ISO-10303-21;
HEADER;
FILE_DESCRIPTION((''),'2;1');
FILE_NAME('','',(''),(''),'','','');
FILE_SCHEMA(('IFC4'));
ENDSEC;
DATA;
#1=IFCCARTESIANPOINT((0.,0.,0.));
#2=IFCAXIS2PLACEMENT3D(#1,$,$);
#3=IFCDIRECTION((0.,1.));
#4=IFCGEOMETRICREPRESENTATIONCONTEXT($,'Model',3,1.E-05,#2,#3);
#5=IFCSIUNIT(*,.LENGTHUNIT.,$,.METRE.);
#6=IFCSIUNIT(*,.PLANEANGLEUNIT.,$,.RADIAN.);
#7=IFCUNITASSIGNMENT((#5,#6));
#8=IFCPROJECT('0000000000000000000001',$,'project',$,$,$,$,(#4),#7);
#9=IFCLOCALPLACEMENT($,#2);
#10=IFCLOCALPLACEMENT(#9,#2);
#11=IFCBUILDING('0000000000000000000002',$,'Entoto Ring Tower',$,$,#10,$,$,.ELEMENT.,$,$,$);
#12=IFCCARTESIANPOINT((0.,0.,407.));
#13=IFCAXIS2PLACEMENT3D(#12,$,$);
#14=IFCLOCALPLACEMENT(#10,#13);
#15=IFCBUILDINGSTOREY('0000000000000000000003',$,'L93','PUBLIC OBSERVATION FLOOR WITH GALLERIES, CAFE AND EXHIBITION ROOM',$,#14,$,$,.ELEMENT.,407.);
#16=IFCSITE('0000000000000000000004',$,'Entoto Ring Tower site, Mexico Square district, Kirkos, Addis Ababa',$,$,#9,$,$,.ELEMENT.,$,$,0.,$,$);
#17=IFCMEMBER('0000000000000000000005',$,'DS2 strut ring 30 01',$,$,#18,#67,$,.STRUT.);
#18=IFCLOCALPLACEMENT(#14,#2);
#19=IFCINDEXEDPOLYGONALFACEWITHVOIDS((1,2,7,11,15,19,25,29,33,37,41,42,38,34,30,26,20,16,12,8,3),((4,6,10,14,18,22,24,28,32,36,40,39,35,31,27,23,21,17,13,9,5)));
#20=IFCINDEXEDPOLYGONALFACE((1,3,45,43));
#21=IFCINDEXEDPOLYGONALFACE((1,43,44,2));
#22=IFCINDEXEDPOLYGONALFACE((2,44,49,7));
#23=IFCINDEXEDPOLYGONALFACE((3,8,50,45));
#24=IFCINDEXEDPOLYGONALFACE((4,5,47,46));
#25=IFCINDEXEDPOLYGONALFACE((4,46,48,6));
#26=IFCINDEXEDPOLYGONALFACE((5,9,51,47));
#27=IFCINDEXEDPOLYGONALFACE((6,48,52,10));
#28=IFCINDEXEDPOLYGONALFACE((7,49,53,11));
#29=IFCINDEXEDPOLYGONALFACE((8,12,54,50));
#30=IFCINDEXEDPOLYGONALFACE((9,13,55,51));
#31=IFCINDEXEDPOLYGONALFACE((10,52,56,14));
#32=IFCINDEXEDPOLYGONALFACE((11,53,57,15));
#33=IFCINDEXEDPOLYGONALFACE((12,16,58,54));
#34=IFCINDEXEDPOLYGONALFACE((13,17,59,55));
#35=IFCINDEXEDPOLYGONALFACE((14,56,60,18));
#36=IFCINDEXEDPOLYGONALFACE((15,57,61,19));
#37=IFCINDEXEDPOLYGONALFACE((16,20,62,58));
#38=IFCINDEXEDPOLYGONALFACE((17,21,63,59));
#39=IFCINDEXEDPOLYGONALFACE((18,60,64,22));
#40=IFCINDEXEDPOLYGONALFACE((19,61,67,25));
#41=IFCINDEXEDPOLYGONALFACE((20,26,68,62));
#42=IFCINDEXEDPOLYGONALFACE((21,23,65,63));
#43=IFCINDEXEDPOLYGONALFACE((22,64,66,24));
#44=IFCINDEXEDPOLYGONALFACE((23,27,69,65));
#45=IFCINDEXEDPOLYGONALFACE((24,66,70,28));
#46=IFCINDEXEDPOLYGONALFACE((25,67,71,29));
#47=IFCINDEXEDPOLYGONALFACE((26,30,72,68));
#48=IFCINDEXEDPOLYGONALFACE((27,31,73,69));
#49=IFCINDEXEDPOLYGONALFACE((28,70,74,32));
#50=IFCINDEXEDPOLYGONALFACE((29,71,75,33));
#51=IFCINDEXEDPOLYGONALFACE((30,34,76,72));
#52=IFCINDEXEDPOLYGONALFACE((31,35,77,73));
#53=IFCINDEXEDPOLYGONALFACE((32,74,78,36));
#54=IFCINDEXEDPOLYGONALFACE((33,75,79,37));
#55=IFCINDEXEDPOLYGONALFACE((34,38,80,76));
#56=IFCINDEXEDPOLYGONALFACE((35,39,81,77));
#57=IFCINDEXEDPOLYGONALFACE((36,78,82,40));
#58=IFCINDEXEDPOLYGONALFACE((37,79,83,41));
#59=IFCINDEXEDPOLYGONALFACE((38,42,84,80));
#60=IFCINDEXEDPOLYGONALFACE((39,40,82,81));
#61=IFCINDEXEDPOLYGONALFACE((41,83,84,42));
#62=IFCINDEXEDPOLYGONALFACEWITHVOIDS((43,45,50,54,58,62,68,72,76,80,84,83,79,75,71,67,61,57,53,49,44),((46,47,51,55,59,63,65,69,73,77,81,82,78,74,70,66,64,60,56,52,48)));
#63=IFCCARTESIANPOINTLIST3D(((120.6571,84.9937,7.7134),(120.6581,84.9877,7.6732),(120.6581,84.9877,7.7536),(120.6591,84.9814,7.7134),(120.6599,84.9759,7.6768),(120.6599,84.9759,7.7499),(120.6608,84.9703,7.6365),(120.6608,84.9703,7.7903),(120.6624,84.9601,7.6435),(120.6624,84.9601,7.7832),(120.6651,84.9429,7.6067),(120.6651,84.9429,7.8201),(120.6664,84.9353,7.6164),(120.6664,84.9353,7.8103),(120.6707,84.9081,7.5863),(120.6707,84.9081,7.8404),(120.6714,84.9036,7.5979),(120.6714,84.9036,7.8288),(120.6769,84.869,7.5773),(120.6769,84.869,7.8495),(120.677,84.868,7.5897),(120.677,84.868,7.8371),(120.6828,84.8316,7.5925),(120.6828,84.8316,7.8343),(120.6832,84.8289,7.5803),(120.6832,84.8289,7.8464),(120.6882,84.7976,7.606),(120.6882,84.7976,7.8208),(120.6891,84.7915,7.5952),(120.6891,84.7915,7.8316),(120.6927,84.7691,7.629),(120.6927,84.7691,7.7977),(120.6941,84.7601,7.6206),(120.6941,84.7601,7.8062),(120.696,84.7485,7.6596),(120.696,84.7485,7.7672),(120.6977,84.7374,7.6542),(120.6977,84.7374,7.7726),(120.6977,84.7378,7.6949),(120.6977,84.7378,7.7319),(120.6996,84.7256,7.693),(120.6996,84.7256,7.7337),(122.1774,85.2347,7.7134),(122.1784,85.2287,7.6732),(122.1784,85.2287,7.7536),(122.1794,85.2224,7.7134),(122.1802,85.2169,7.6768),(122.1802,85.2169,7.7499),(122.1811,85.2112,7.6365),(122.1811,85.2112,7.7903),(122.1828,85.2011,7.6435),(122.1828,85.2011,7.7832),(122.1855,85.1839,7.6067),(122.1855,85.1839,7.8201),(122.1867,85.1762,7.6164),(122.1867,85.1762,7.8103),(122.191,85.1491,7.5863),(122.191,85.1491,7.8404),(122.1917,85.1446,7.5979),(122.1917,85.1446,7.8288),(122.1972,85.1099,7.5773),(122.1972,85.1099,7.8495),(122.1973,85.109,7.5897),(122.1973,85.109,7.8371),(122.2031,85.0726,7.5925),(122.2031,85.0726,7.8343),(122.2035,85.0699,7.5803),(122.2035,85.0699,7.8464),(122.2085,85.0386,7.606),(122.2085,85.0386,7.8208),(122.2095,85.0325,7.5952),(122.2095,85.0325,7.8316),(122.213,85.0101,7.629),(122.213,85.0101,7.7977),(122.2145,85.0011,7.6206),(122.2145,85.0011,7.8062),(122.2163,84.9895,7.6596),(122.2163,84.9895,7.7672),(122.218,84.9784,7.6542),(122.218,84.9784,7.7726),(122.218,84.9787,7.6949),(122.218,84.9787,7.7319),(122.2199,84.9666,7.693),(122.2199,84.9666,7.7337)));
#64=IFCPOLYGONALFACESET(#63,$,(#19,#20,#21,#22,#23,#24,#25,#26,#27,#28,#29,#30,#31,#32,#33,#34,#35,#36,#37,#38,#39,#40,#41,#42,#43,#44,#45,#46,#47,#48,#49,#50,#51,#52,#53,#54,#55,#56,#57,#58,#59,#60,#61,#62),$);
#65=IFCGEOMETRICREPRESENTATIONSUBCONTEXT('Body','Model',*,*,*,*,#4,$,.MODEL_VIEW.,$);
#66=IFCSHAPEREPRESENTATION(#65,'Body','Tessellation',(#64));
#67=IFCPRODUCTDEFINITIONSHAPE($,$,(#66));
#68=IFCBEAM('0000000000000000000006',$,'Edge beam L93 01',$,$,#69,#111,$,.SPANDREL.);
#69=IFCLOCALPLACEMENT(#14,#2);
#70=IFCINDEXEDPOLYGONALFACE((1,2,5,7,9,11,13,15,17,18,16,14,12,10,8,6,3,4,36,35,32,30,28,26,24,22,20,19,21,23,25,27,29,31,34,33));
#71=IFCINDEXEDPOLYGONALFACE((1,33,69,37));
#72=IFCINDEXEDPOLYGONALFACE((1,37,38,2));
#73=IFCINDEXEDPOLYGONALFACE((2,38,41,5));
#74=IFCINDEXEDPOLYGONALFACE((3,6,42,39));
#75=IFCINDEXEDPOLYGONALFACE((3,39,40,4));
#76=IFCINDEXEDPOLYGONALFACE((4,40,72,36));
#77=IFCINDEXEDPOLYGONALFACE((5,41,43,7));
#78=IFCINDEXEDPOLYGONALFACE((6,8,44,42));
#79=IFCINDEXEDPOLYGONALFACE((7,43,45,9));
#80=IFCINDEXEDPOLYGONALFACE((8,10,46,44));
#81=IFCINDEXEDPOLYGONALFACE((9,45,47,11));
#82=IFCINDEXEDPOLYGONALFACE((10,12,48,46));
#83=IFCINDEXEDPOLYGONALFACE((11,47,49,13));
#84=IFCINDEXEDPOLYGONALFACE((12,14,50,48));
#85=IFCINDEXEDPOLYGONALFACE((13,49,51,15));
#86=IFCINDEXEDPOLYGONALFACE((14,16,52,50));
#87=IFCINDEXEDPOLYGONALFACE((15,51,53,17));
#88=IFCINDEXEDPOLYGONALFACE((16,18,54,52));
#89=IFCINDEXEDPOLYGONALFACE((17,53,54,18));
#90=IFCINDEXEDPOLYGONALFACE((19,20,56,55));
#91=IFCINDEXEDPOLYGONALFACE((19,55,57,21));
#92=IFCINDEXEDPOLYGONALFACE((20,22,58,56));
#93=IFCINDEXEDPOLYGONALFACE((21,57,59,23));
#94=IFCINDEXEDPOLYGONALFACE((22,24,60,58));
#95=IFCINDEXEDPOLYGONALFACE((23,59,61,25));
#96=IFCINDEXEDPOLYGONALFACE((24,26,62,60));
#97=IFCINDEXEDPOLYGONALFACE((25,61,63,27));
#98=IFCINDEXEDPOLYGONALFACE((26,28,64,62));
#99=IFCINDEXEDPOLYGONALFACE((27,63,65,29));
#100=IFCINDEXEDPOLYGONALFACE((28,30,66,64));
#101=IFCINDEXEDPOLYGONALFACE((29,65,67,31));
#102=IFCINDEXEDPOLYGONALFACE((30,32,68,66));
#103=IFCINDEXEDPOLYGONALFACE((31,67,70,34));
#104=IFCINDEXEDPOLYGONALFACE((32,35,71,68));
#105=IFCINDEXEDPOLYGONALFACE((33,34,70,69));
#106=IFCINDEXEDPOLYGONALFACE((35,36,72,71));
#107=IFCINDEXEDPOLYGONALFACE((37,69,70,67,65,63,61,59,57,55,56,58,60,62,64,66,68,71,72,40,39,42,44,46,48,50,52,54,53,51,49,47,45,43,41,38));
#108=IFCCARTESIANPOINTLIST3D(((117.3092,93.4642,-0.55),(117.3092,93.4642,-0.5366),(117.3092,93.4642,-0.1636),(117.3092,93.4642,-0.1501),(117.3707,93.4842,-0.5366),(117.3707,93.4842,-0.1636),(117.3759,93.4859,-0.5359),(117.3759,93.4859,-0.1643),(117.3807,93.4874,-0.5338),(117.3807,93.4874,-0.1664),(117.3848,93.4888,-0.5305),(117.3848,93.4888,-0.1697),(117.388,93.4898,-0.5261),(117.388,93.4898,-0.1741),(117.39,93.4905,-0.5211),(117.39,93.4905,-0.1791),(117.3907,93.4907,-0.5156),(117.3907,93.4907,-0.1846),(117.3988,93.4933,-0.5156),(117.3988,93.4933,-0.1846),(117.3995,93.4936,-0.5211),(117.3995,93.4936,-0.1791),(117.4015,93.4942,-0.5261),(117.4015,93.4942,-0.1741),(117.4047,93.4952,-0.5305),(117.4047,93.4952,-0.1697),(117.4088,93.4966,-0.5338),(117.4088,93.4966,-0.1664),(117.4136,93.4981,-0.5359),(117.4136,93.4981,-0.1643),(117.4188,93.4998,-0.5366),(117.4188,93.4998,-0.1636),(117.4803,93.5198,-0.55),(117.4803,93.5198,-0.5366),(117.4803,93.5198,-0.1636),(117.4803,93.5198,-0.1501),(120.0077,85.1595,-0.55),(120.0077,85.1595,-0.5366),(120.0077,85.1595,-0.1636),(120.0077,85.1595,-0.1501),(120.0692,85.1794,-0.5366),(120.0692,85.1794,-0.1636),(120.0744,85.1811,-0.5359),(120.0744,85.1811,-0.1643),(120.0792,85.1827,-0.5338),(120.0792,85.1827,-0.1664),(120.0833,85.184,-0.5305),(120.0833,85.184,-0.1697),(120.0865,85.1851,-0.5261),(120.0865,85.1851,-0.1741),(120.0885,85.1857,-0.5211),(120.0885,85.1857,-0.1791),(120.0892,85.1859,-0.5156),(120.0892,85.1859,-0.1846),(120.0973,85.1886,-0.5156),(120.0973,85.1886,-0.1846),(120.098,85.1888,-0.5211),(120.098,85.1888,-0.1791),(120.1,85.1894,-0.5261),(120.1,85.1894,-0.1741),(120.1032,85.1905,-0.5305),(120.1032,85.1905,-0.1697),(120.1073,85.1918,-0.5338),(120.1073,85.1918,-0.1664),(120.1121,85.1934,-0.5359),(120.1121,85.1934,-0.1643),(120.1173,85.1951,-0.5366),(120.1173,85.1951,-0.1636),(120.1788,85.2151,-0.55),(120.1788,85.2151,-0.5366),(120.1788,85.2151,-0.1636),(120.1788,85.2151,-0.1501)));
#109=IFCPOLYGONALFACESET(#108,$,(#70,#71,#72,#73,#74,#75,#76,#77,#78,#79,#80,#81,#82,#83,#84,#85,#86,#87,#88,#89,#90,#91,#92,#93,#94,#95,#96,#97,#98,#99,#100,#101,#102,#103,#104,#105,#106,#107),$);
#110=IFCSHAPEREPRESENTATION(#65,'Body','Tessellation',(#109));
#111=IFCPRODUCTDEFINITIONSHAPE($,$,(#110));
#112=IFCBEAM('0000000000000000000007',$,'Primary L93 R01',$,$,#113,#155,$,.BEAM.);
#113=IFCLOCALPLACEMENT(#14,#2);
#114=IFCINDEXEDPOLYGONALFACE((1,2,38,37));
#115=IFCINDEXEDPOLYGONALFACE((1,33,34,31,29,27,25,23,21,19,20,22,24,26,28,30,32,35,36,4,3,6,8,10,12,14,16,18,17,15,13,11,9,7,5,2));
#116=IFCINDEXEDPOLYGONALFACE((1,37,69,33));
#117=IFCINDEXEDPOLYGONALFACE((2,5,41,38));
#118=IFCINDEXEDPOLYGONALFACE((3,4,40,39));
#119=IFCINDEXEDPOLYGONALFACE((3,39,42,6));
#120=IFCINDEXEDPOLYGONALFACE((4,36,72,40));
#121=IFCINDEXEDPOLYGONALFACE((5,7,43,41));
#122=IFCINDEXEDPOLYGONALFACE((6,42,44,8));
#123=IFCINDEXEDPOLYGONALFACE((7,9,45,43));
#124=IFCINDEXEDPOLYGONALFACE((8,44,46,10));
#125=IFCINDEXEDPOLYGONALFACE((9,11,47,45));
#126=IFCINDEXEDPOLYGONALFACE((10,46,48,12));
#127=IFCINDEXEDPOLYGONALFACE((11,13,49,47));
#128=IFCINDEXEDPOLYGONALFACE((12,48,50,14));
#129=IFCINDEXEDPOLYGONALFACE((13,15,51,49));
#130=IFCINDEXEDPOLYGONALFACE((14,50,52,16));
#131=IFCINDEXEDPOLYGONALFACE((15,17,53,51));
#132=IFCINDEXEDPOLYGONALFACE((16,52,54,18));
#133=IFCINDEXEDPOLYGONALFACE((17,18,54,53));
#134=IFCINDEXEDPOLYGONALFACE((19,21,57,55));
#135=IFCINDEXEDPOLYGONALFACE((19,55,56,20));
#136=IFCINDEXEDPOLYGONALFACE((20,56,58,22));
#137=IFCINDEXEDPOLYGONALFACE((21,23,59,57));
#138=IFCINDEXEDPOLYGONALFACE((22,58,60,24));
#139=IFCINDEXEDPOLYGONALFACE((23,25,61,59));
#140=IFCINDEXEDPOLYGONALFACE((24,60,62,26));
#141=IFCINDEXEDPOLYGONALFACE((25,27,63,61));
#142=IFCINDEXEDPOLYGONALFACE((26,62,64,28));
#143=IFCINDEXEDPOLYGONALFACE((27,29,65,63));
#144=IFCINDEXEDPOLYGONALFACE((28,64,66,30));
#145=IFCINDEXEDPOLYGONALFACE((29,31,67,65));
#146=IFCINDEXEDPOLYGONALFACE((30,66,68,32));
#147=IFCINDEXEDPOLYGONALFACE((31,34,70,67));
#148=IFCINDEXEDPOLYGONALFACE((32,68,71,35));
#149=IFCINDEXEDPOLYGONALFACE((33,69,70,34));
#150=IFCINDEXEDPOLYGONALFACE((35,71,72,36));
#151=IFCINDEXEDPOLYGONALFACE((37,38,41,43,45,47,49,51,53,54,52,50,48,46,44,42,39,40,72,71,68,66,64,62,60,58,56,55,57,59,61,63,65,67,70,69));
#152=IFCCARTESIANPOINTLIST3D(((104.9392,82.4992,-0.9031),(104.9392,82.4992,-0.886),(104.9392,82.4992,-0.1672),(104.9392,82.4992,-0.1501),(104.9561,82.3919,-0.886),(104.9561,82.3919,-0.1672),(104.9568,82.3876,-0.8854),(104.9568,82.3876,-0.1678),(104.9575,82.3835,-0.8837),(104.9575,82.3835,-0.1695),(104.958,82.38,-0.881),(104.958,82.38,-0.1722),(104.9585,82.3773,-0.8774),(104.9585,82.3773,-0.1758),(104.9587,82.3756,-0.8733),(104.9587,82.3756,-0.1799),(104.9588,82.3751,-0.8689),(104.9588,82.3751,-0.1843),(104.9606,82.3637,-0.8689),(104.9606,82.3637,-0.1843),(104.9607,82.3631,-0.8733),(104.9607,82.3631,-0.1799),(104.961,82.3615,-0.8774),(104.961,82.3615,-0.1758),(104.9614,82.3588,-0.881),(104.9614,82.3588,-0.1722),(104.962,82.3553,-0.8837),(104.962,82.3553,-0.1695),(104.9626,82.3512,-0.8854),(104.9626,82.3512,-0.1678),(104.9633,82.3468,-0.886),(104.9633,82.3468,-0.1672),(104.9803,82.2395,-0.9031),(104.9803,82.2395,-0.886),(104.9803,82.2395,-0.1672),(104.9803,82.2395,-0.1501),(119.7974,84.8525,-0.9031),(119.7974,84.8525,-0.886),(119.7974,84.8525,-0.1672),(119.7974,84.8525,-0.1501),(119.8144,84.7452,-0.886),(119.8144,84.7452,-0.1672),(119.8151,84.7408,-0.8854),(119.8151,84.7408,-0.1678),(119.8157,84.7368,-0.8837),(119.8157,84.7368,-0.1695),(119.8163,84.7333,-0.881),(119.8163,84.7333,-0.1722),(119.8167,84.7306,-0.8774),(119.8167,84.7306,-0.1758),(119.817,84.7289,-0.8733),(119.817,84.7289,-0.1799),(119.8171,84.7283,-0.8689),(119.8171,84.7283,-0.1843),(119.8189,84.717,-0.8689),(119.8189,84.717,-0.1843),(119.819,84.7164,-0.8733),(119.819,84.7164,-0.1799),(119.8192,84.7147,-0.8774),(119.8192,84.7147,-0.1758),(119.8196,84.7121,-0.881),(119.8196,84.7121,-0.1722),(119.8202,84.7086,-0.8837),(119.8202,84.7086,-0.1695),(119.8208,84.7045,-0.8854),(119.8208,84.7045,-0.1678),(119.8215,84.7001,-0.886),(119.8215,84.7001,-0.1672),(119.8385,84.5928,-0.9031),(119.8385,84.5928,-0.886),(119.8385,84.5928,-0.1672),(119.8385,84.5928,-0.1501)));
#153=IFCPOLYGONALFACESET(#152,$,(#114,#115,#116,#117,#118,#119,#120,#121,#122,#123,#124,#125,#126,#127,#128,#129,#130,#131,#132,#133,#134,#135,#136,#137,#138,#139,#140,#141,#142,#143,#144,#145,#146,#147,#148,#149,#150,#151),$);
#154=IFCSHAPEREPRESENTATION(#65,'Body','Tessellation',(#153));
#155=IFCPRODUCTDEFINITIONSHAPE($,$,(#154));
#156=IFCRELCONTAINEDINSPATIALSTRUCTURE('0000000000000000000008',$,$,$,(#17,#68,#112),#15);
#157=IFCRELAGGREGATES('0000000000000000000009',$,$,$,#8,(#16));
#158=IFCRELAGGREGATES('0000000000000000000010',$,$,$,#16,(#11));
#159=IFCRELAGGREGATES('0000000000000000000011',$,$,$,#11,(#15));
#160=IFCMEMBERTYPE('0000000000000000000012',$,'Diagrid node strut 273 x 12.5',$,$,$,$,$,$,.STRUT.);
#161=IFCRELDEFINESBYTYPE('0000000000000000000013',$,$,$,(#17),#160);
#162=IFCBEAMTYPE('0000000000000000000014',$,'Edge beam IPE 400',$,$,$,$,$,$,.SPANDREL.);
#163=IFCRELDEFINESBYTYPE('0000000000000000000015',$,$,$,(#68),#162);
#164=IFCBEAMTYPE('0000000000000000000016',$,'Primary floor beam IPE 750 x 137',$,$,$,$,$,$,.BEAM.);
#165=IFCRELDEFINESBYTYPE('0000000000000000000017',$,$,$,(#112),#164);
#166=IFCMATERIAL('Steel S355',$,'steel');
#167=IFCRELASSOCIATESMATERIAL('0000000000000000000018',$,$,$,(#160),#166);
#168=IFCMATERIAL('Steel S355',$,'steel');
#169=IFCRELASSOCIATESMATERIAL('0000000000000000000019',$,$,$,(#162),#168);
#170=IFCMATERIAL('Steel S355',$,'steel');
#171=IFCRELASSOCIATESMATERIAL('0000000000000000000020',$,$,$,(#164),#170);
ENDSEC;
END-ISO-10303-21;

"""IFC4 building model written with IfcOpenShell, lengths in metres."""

from ifc_helpers import new_model, si_unit, direction, frame, origin, origin_2d, place, context, subcontext, project, spatial, circle, hollow_circle, i_section, extrude, material, material_profile, profile_set, type_object, element, save


model = new_model("IFC4")

# Units and contexts
model_context = context("Model", 3, precision=1e-05, world=origin(), true_north=direction((0.0, 1.0)))
body_context = subcontext(model_context, "Body", "Model", "MODEL_VIEW")
ifc_project = project(units=[si_unit("LENGTHUNIT", "METRE"), si_unit("PLANEANGLEUNIT", "RADIAN")], contexts=[model_context])

# Site, building, storey
site_placement = place(None, origin())
site = spatial("IfcSite", under=ifc_project, at=site_placement, Name="Entoto Ring Tower site, Mexico Square district, Kirkos, Addis Ababa", CompositionType="ELEMENT", RefElevation=0.0)
building_placement = place(site_placement, origin())
building = spatial("IfcBuilding", under=site, at=building_placement, Name="Entoto Ring Tower", CompositionType="ELEMENT")
storey_placement = place(building_placement, frame((0.0, 0.0, 407.0)))
storey = spatial("IfcBuildingStorey", under=building, at=storey_placement, Name="L93", Description="PUBLIC OBSERVATION FLOOR WITH GALLERIES, CAFE AND EXHIBITION ROOM", CompositionType="ELEMENT", Elevation=407.0)

# Member
ifc_material_1 = material(Name="Steel S355", Category="steel")
ifc_material_profile_1 = material_profile(ifc_material_1, hollow_circle(Radius=0.1365, WallThickness=0.0125, at=origin_2d()), Name="CHS 273 x 12.5")
ifc_material_2 = material(Name="Concrete C60/75", Category="concrete")
ifc_material_profile_2 = material_profile(ifc_material_2, circle(Radius=0.124, at=origin_2d()), Name="Concrete C60/75 infill")
ifc_profile_set_1 = profile_set([ifc_material_profile_1, ifc_material_profile_2], Name="Steel S355")
member_type = type_object("IfcMemberType", Name="Diagrid node strut 273 x 12.5", PredefinedType="STRUT", material=ifc_profile_set_1)
member_placement = place(storey_placement, frame((120.6785, 84.8589, 7.7134), z_axis=(0.98767, 0.156549, 0.0), x_axis=(-0.156549, 0.98767, 0.0)))
element("IfcMember", 1, at=member_placement, inside=storey, type_object=member_type, Name="DS2 strut ring 30 01", PredefinedType="STRUT", context=body_context, shape_type="SweptSolid", body=[
    extrude(hollow_circle(Radius=0.1365, WallThickness=0.0125, at=origin_2d()), origin(), (0.0, 0.0, 1.0), 1.5393),
])

# Beams
ifc_material_3 = material(Name="Steel S355", Category="steel")
ifc_material_profile_3 = material_profile(ifc_material_3, i_section(OverallWidth=0.1799, OverallDepth=0.3999, WebThickness=0.0085, FlangeThickness=0.0134, FilletRadius=0.021, at=origin_2d()), Name="IPE 400")
ifc_profile_set_2 = profile_set([ifc_material_profile_3], Name="Steel S355")
beam_type_1 = type_object("IfcBeamType", Name="Edge beam IPE 400", PredefinedType="SPANDREL", material=ifc_profile_set_2)
beam_1_placement = place(storey_placement, frame((120.0933, 85.1873, -0.3501), z_axis=(-0.30903, 0.951052, 0.0), x_axis=(-0.951052, -0.30903, 0.0)))
element("IfcBeam", 2, at=beam_1_placement, inside=storey, type_object=beam_type_1, Name="Edge beam L93 01", PredefinedType="SPANDREL", context=body_context, shape_type="SweptSolid", body=[
    extrude(i_section(OverallWidth=0.1799, OverallDepth=0.3999, WebThickness=0.0085, FlangeThickness=0.0134, FilletRadius=0.021, at=origin_2d()), origin(), (0.0, 0.0, 1.0), 8.7322),
])
ifc_material_4 = material(Name="Steel S355", Category="steel")
ifc_material_profile_4 = material_profile(ifc_material_4, i_section(OverallWidth=0.2629, OverallDepth=0.7529, WebThickness=0.0115, FlangeThickness=0.0171, FilletRadius=0.0171, at=origin_2d()), Name="IPE 750 x 137")
ifc_profile_set_3 = profile_set([ifc_material_profile_4], Name="Steel S355")
beam_type_2 = type_object("IfcBeamType", Name="Primary floor beam IPE 750 x 137", PredefinedType="BEAM", material=ifc_profile_set_3)
beam_2_placement = place(storey_placement, frame((104.9597, 82.3694, -0.5266), z_axis=(0.987689, 0.156433, 0.0), x_axis=(-0.156433, 0.987689, 0.0)))
element("IfcBeam", 3, at=beam_2_placement, inside=storey, type_object=beam_type_2, Name="Primary L93 R01", PredefinedType="BEAM", context=body_context, shape_type="SweptSolid", body=[
    extrude(i_section(OverallWidth=0.2629, OverallDepth=0.7529, WebThickness=0.0115, FlangeThickness=0.0171, FilletRadius=0.0171, at=origin_2d()), origin(), (0.0, 0.0, 1.0), 15.0435),
])

save(model, "model.ifc")
